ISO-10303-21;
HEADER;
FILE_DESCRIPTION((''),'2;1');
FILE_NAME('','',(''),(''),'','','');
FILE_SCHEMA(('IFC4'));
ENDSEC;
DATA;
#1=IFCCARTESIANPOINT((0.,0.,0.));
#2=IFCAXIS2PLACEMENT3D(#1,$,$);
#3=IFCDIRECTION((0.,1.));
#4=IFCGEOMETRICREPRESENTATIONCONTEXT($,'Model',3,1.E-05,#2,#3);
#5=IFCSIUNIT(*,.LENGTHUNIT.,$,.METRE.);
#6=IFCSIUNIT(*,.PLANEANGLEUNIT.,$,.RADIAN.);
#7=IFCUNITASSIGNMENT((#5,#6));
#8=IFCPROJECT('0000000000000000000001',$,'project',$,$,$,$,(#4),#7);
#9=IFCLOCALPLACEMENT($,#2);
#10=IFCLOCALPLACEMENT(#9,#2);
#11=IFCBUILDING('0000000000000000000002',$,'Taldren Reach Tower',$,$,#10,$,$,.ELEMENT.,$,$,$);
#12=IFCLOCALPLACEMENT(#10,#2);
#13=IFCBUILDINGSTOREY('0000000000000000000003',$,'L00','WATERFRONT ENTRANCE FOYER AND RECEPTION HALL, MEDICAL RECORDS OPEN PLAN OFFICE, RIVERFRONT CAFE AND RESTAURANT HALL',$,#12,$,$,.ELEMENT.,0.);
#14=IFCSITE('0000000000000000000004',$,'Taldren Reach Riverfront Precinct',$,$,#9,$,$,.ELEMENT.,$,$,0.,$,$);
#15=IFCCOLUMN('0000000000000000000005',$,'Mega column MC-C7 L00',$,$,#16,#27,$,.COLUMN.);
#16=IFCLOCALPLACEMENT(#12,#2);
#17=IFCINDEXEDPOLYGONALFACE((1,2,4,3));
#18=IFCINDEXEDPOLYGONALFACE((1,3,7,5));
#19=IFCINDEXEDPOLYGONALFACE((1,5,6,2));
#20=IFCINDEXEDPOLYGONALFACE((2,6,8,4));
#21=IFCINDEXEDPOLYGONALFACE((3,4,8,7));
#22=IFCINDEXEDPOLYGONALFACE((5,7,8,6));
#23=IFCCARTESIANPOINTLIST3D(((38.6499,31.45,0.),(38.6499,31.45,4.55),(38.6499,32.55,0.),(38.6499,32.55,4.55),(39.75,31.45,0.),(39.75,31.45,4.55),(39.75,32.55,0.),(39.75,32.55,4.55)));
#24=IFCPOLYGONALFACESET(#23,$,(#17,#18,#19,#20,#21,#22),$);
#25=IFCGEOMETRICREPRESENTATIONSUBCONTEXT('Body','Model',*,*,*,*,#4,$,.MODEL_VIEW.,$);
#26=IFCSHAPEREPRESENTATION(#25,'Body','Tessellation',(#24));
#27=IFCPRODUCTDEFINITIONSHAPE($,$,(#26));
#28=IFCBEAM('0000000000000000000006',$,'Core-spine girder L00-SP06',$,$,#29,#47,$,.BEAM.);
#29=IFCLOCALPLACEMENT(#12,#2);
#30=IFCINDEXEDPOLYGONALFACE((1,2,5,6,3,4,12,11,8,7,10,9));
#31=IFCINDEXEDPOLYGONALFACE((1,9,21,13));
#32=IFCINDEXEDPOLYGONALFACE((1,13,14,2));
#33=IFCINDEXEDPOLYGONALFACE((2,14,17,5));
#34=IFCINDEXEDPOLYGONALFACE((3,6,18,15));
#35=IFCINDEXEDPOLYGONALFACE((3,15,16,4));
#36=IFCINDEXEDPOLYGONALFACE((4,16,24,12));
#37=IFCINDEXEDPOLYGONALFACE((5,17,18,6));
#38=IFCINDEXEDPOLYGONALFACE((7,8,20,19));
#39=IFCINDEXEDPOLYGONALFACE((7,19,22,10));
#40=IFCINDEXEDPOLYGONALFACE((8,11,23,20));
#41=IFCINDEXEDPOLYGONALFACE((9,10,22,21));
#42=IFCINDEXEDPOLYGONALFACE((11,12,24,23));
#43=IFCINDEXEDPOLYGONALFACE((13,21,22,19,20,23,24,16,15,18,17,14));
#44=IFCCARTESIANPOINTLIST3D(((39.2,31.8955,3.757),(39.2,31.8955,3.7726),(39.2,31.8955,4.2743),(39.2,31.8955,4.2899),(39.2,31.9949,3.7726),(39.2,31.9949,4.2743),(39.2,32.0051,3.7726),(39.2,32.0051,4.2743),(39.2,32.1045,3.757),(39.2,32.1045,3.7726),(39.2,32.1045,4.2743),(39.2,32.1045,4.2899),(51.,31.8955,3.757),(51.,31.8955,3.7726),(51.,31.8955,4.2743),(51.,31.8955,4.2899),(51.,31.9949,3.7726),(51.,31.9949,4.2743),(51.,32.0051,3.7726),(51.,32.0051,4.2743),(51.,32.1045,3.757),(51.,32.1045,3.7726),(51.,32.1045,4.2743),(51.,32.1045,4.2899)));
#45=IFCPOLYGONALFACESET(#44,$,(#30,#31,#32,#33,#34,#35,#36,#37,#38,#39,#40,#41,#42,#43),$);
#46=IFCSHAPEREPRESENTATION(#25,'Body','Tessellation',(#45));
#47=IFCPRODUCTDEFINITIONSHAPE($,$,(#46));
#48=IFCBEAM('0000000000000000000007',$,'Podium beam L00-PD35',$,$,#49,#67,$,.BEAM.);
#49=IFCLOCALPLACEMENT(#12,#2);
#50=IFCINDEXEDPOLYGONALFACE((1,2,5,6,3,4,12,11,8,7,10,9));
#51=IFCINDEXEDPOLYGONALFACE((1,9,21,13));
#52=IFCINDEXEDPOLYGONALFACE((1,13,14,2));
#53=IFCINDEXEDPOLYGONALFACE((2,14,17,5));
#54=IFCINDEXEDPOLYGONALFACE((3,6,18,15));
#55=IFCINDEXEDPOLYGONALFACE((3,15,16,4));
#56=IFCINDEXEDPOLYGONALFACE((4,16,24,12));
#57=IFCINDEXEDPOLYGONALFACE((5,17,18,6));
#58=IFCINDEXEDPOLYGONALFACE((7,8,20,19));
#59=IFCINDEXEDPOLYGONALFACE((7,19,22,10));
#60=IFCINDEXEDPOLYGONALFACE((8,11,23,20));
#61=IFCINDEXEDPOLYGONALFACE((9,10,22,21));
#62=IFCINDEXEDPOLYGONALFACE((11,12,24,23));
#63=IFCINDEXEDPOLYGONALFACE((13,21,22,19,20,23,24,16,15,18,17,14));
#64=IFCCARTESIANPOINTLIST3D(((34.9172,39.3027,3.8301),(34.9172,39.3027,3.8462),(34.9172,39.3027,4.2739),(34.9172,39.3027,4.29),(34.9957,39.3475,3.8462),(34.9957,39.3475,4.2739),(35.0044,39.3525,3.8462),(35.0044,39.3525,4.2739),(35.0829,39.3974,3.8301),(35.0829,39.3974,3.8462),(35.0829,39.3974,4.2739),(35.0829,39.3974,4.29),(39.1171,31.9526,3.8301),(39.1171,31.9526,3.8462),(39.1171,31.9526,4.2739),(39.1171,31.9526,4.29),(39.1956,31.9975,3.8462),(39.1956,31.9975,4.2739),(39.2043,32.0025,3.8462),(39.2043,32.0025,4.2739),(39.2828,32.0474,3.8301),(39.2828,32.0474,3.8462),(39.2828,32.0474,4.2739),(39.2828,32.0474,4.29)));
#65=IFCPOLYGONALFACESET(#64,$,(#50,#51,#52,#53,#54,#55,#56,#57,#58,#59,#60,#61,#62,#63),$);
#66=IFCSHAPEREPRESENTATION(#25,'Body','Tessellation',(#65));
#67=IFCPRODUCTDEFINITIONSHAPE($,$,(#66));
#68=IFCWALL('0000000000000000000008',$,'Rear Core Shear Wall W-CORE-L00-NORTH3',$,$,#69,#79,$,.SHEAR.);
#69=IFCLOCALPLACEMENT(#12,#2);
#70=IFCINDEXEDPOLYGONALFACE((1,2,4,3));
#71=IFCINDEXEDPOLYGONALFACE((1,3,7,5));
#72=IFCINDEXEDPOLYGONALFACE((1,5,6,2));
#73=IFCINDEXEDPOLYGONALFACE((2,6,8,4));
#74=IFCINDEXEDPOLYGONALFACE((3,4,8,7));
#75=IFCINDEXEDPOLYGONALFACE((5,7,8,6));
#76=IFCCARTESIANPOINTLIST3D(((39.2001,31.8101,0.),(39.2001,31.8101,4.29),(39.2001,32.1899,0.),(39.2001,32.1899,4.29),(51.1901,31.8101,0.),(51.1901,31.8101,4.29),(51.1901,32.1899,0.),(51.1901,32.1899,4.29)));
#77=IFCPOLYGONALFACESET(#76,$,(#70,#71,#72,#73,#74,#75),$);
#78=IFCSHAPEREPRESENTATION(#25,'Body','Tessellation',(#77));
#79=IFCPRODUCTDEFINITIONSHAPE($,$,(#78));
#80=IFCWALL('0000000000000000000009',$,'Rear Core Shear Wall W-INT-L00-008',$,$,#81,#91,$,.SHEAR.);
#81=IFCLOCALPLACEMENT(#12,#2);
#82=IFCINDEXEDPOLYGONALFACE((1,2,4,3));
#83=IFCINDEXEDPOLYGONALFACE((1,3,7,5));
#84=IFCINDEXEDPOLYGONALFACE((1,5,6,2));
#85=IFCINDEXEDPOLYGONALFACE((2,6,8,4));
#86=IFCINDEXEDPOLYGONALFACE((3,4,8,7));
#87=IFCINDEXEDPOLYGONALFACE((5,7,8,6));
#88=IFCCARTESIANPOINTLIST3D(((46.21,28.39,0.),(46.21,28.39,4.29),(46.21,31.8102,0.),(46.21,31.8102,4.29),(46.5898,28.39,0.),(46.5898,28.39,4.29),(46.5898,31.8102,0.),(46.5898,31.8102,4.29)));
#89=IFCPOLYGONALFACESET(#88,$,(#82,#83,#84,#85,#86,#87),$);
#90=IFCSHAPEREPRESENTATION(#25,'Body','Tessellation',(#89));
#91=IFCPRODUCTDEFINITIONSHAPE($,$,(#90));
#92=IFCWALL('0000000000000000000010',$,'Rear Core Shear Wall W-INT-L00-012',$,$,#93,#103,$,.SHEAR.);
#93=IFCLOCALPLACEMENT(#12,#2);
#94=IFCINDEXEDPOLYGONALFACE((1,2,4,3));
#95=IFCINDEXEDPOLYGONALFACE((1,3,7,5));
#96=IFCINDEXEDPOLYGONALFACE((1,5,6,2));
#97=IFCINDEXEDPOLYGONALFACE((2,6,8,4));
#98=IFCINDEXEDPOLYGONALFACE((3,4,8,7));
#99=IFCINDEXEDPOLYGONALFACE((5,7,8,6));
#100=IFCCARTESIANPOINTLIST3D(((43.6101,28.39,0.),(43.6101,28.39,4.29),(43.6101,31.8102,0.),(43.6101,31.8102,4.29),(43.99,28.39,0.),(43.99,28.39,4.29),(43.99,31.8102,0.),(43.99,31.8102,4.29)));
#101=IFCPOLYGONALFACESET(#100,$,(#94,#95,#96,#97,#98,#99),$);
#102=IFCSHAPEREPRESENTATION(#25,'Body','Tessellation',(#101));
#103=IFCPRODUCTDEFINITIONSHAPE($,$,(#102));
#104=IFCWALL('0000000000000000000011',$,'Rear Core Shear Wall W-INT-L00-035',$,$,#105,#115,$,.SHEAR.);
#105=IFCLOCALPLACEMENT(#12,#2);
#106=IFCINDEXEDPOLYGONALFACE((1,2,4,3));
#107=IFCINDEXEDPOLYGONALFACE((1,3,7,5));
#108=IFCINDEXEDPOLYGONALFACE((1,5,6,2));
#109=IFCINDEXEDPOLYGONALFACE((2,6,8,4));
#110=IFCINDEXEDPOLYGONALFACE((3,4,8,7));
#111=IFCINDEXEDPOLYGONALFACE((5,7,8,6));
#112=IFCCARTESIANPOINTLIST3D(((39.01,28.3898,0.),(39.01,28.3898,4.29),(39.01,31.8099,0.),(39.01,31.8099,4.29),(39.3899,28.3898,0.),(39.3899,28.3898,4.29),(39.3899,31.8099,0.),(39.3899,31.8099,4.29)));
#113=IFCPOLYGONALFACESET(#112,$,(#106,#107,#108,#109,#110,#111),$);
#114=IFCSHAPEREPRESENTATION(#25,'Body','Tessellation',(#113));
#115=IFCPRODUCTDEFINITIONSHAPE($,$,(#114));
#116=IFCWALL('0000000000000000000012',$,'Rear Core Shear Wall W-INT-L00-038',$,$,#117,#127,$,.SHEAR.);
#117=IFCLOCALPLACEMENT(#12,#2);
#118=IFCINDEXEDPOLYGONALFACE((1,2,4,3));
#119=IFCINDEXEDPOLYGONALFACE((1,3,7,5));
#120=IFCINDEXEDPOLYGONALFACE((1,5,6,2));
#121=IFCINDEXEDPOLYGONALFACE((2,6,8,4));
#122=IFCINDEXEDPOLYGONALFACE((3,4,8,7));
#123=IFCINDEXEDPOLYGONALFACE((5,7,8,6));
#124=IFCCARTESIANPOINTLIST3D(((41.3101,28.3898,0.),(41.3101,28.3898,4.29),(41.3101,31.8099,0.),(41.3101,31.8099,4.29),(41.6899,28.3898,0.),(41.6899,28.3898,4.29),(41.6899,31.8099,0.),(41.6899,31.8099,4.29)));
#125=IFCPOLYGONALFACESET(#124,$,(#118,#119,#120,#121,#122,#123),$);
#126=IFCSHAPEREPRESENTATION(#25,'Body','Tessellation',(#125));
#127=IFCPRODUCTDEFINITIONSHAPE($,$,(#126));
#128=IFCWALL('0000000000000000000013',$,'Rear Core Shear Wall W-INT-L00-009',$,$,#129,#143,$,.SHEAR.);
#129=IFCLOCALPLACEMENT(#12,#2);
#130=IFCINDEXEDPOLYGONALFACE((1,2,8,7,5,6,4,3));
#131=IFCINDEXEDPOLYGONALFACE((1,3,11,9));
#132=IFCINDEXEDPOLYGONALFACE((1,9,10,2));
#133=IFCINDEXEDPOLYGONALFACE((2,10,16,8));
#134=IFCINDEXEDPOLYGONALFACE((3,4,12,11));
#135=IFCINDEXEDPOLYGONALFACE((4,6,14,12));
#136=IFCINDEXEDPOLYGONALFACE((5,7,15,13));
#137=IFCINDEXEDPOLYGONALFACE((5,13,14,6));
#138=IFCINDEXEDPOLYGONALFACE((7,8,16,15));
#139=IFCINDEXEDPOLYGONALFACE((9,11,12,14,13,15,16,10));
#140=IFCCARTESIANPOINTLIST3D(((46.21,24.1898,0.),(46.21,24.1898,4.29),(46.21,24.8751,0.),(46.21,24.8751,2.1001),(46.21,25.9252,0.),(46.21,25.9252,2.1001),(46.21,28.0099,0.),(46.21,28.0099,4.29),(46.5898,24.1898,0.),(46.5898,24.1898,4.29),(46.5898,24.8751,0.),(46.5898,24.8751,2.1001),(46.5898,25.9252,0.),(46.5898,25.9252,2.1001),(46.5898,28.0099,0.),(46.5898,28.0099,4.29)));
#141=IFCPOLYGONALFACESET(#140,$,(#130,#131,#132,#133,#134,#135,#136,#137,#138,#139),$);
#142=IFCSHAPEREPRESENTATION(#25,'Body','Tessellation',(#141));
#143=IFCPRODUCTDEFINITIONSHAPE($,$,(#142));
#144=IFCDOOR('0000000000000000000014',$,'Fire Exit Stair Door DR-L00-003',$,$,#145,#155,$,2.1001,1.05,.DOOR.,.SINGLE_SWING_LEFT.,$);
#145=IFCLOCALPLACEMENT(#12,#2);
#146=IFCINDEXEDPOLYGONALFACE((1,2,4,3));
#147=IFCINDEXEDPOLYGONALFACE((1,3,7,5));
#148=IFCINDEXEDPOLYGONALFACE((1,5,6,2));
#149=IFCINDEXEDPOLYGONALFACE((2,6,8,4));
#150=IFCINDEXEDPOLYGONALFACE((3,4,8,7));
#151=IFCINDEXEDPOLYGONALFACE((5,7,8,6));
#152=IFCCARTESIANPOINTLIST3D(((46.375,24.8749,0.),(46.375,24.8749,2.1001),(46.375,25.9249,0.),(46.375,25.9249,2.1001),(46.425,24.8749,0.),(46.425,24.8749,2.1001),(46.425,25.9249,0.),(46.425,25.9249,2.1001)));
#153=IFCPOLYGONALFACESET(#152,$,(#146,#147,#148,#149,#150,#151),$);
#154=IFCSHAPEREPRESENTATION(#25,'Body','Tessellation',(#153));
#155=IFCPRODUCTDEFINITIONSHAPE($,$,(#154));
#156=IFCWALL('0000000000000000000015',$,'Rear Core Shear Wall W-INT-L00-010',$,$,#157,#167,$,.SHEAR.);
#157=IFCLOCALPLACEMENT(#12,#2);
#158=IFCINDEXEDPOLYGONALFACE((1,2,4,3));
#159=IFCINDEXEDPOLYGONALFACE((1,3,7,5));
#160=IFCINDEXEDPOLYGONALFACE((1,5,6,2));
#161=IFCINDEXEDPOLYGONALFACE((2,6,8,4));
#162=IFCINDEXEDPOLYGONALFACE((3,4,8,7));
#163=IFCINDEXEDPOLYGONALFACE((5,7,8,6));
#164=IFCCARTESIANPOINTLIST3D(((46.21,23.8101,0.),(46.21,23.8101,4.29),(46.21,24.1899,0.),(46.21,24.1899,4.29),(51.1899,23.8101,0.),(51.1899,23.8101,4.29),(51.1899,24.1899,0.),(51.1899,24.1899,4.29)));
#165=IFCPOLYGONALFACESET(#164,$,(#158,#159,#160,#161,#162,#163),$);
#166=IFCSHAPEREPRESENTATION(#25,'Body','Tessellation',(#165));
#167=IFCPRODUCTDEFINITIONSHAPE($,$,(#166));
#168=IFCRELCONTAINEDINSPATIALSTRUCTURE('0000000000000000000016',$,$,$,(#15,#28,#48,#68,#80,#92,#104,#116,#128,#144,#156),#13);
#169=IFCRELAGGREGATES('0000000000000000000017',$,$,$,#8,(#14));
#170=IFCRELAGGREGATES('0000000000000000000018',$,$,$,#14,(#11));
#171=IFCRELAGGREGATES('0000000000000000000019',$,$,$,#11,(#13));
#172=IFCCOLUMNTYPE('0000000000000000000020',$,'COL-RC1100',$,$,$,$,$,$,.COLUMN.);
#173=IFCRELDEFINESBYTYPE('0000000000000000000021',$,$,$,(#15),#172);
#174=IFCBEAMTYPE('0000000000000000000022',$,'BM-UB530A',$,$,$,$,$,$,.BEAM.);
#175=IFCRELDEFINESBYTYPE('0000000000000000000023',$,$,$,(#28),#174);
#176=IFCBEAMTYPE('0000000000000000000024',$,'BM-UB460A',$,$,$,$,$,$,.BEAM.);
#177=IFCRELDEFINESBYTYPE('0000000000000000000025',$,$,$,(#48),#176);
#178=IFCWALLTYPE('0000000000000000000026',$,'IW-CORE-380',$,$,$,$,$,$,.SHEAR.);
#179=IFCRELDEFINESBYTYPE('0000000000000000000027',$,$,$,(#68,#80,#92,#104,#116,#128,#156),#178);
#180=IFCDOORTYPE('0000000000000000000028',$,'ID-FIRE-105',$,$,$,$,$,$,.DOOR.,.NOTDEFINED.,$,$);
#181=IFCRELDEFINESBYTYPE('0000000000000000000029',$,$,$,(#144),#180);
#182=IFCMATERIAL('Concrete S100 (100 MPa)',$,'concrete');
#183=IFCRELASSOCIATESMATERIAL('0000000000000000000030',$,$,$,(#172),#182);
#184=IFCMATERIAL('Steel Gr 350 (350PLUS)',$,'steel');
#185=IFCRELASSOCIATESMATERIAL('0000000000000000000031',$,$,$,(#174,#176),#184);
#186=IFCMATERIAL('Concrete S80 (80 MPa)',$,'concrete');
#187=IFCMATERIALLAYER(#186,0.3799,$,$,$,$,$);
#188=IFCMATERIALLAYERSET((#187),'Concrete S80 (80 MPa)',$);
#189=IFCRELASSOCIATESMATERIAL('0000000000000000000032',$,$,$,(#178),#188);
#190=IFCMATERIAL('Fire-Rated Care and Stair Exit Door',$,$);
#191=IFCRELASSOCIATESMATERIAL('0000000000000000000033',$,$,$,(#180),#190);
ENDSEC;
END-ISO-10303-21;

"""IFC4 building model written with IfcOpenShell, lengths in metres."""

from ifc_helpers import new_model, si_unit, direction, frame, frame_2d, origin, origin_2d, place, context, subcontext, project, spatial, rectangle, i_section, extrude, source, transform, mapped, material, layer, layer_set, material_profile, profile_set, type_object, element, fill, save


model = new_model("IFC4")

# Units and contexts
model_context = context("Model", 3, precision=1e-05, world=origin(), true_north=direction((0.0, 1.0)))
body_context = subcontext(model_context, "Body", "Model", "MODEL_VIEW")
ifc_project = project(units=[si_unit("LENGTHUNIT", "METRE"), si_unit("PLANEANGLEUNIT", "RADIAN")], contexts=[model_context])

# Site, building, storey
site_placement = place(None, origin())
site = spatial("IfcSite", under=ifc_project, at=site_placement, Name="Taldren Reach Riverfront Precinct", CompositionType="ELEMENT", RefElevation=0.0)
building_placement = place(site_placement, origin())
building = spatial("IfcBuilding", under=site, at=building_placement, Name="Taldren Reach Tower", CompositionType="ELEMENT")
storey_placement = place(building_placement, origin())
storey = spatial("IfcBuildingStorey", under=building, at=storey_placement, Name="L00", Description="WATERFRONT ENTRANCE FOYER AND RECEPTION HALL, MEDICAL RECORDS OPEN PLAN OFFICE, RIVERFRONT CAFE AND RESTAURANT HALL", CompositionType="ELEMENT", Elevation=0.0)

# Column
ifc_material_1 = material(Name="Concrete S100 (100 MPa)", Category="concrete")
ifc_material_profile_1 = material_profile(ifc_material_1, rectangle(XDim=1.1001, YDim=1.1001, at=origin_2d()), Name="RC-1100x1100")
ifc_profile_set_1 = profile_set([ifc_material_profile_1], Name="Concrete S100 (100 MPa)")
column_type = type_object("IfcColumnType", Name="COL-RC1100", PredefinedType="COLUMN", material=ifc_profile_set_1)
shared_shape_1 = source(origin(), body_context, "Body", "SweptSolid", [
    extrude(rectangle(XDim=1.1001, YDim=1.1001, at=origin_2d()), origin(), (0.0, 0.0, 1.0), 4.55),
])
column_placement = place(storey_placement, frame((39.2, 32.0, 0.0), z_axis=(0.0, 0.0, 1.0), x_axis=(1.0, 0.0, 0.0)))
element("IfcColumn", 1, at=column_placement, inside=storey, type_object=column_type, Name="Mega column MC-C7 L00", PredefinedType="COLUMN", context=body_context, shape_type="MappedRepresentation", body=[
    mapped(shared_shape_1, transform((0.0, 0.0, 0.0), scale=1.0)),
])

# Beams
ifc_material_2 = material(Name="Steel Gr 350 (350PLUS)", Category="steel")
ifc_material_profile_2 = material_profile(ifc_material_2, i_section(OverallWidth=0.209, OverallDepth=0.533, WebThickness=0.0103, FlangeThickness=0.0156, at=origin_2d()), Name="530UB92.4")
ifc_profile_set_2 = profile_set([ifc_material_profile_2], Name="Steel Gr 350 (350PLUS)")
beam_type_1 = type_object("IfcBeamType", Name="BM-UB530A", PredefinedType="BEAM", material=ifc_profile_set_2)
shared_shape_2 = source(origin(), body_context, "Body", "SweptSolid", [
    extrude(i_section(OverallWidth=0.209, OverallDepth=0.533, WebThickness=0.0103, FlangeThickness=0.0156, at=origin_2d()), origin(), (0.0, 0.0, 1.0), 11.8),
])
beam_1_placement = place(storey_placement, frame((39.2, 32.0, 4.0234), z_axis=(1.0, 0.0, 0.0), x_axis=(0.0, 1.0, 0.0)))
element("IfcBeam", 2, at=beam_1_placement, inside=storey, type_object=beam_type_1, Name="Core-spine girder L00-SP06", PredefinedType="BEAM", context=body_context, shape_type="MappedRepresentation", body=[
    mapped(shared_shape_2, transform((0.0, 0.0, 0.0), scale=1.0)),
])
ifc_material_profile_3 = material_profile(ifc_material_2, i_section(OverallWidth=0.1909, OverallDepth=0.46, WebThickness=0.01, FlangeThickness=0.0161, at=origin_2d()), Name="460UB82.1")
ifc_profile_set_3 = profile_set([ifc_material_profile_3], Name="Steel Gr 350 (350PLUS)")
beam_type_2 = type_object("IfcBeamType", Name="BM-UB460A", PredefinedType="BEAM", material=ifc_profile_set_3)
shared_shape_3 = source(origin(), body_context, "Body", "SweptSolid", [
    extrude(i_section(OverallWidth=0.1909, OverallDepth=0.46, WebThickness=0.01, FlangeThickness=0.0161, at=origin_2d()), origin(), (0.0, 0.0, 1.0), 8.4653),
])
beam_2_placement = place(storey_placement, frame((39.2, 32.0, 4.0601), z_axis=(-0.49613, 0.868248, 0.0), x_axis=(-0.868248, -0.49613, 0.0)))
element("IfcBeam", 3, at=beam_2_placement, inside=storey, type_object=beam_type_2, Name="Podium beam L00-PD35", PredefinedType="BEAM", context=body_context, shape_type="MappedRepresentation", body=[
    mapped(shared_shape_3, transform((0.0, 0.0, 0.0), scale=1.0)),
])

# Walls
ifc_material_3 = material(Name="Concrete S80 (80 MPa)", Category="concrete")
ifc_layer_1 = layer(ifc_material_3, 0.3799)
ifc_layer_set_1 = layer_set([ifc_layer_1], Name="Concrete S80 (80 MPa)")
wall_type_1 = type_object("IfcWallType", Name="IW-CORE-380", PredefinedType="SHEAR", material=ifc_layer_set_1)
shared_shape_4 = source(origin(), body_context, "Body", "SweptSolid", [
    extrude(rectangle(XDim=11.99, YDim=0.3799, at=frame_2d((5.9951, 0.0))), origin(), (0.0, 0.0, 1.0), 4.29),
])
wall_1_placement = place(storey_placement, frame((39.2, 32.0, 0.0), z_axis=(0.0, 0.0, 1.0), x_axis=(1.0, 0.0, 0.0)))
element("IfcWall", 4, at=wall_1_placement, inside=storey, type_object=wall_type_1, Name="Rear Core Shear Wall W-CORE-L00-NORTH3", PredefinedType="SHEAR", context=body_context, shape_type="MappedRepresentation", body=[
    mapped(shared_shape_4, transform((0.0, 0.0, 0.0), scale=1.0)),
])
shared_shape_5 = source(origin(), body_context, "Body", "SweptSolid", [
    extrude(rectangle(XDim=3.4202, YDim=0.3799, at=frame_2d((1.71, 0.0))), origin(), (0.0, 0.0, 1.0), 4.29),
])
for number, where, z_axis, x_axis, name in (
    (5, (46.3999, 31.8101, 0.0), (0.0, 0.0, 1.0), (0.0, -1.0, 0.0), "Rear Core Shear Wall W-INT-L00-008"),
    (6, (43.8, 31.8101, 0.0), (0.0, 0.0, 1.0), (0.0, -1.0, 0.0), "Rear Core Shear Wall W-INT-L00-012"),
    (7, (39.2, 28.3899, 0.0), (0.0, 0.0, 1.0), (0.0, 1.0, 0.0), "Rear Core Shear Wall W-INT-L00-035"),
    (8, (41.5, 28.3899, 0.0), (0.0, 0.0, 1.0), (0.0, 1.0, 0.0), "Rear Core Shear Wall W-INT-L00-038"),
):
    element("IfcWall", number, at=place(storey_placement, frame(where, z_axis=z_axis, x_axis=x_axis)), inside=storey, type_object=wall_type_1, Name=name, PredefinedType="SHEAR", context=body_context, shape_type="MappedRepresentation", body=[
        mapped(shared_shape_5, transform((0.0, 0.0, 0.0), scale=1.0)),
    ])

# Wall, opening, door
shared_shape_6 = source(origin(), body_context, "Body", "SweptSolid", [
    extrude(rectangle(XDim=3.8201, YDim=0.3799, at=frame_2d((1.9102, 0.0))), origin(), (0.0, 0.0, 1.0), 4.29),
])
wall_2_placement = place(storey_placement, frame((46.3999, 28.01, 0.0), z_axis=(0.0, 0.0, 1.0), x_axis=(0.0, -1.0, 0.0)))
wall_2 = element("IfcWall", 9, at=wall_2_placement, inside=storey, type_object=wall_type_1, Name="Rear Core Shear Wall W-INT-L00-009", PredefinedType="SHEAR", context=body_context, shape_type="MappedRepresentation", body=[
    mapped(shared_shape_6, transform((0.0, 0.0, 0.0), scale=1.0)),
])
shared_shape_7 = source(origin(), body_context, "Body", "SweptSolid", [
    extrude(rectangle(XDim=1.05, YDim=2.1001, at=frame_2d((0.5249, 1.05))), frame((0.0, 0.2, 0.0), z_axis=(0.0, -1.0, 0.0), x_axis=(1.0, 0.0, 0.0)), (0.0, 0.0, 1.0), 0.3999),
])
opening_1_placement = place(wall_2_placement, frame((2.085, 0.0, 0.0)))
opening_1 = element("IfcOpeningElement", 10, at=opening_1_placement, cuts=wall_2, PredefinedType="OPENING", context=body_context, shape_type="MappedRepresentation", body=[
    mapped(shared_shape_7, transform((0.0, 0.0, 0.0), scale=1.0)),
])
ifc_material_4 = material(Name="Fire-Rated Care and Stair Exit Door")
door_type_1 = type_object("IfcDoorType", Name="ID-FIRE-105", OperationType="NOTDEFINED", PredefinedType="DOOR", material=ifc_material_4)
shared_shape_8 = source(origin(), body_context, "Body", "SweptSolid", [
    extrude(rectangle(XDim=1.05, YDim=2.1001, at=frame_2d((0.5249, 1.05))), frame((0.0, 0.0249, 0.0), z_axis=(0.0, -1.0, 0.0), x_axis=(1.0, 0.0, 0.0)), (0.0, 0.0, 1.0), 0.05),
])
door_1_placement = place(opening_1_placement, frame((1.05, 0.0, 0.0), z_axis=(0.0, 0.0, 1.0), x_axis=(-1.0, 0.0, 0.0)))
door_1 = element("IfcDoor", 11, at=door_1_placement, inside=storey, type_object=door_type_1, Name="Fire Exit Stair Door DR-L00-003", OperationType="SINGLE_SWING_LEFT", OverallHeight=2.1001, OverallWidth=1.05, PredefinedType="DOOR", context=body_context, shape_type="MappedRepresentation", body=[
    mapped(shared_shape_8, transform((0.0, 0.0, 0.0), scale=1.0)),
])
fill(opening_1, door_1)

# Wall
shared_shape_9 = source(origin(), body_context, "Body", "SweptSolid", [
    extrude(rectangle(XDim=4.98, YDim=0.3799, at=frame_2d((2.49, 0.0))), origin(), (0.0, 0.0, 1.0), 4.29),
])
wall_3_placement = place(storey_placement, frame((46.21, 24.0, 0.0), z_axis=(0.0, 0.0, 1.0), x_axis=(1.0, 0.0, 0.0)))
element("IfcWall", 12, at=wall_3_placement, inside=storey, type_object=wall_type_1, Name="Rear Core Shear Wall W-INT-L00-010", PredefinedType="SHEAR", context=body_context, shape_type="MappedRepresentation", body=[
    mapped(shared_shape_9, transform((0.0, 0.0, 0.0), scale=1.0)),
])

save(model, "model.ifc")
